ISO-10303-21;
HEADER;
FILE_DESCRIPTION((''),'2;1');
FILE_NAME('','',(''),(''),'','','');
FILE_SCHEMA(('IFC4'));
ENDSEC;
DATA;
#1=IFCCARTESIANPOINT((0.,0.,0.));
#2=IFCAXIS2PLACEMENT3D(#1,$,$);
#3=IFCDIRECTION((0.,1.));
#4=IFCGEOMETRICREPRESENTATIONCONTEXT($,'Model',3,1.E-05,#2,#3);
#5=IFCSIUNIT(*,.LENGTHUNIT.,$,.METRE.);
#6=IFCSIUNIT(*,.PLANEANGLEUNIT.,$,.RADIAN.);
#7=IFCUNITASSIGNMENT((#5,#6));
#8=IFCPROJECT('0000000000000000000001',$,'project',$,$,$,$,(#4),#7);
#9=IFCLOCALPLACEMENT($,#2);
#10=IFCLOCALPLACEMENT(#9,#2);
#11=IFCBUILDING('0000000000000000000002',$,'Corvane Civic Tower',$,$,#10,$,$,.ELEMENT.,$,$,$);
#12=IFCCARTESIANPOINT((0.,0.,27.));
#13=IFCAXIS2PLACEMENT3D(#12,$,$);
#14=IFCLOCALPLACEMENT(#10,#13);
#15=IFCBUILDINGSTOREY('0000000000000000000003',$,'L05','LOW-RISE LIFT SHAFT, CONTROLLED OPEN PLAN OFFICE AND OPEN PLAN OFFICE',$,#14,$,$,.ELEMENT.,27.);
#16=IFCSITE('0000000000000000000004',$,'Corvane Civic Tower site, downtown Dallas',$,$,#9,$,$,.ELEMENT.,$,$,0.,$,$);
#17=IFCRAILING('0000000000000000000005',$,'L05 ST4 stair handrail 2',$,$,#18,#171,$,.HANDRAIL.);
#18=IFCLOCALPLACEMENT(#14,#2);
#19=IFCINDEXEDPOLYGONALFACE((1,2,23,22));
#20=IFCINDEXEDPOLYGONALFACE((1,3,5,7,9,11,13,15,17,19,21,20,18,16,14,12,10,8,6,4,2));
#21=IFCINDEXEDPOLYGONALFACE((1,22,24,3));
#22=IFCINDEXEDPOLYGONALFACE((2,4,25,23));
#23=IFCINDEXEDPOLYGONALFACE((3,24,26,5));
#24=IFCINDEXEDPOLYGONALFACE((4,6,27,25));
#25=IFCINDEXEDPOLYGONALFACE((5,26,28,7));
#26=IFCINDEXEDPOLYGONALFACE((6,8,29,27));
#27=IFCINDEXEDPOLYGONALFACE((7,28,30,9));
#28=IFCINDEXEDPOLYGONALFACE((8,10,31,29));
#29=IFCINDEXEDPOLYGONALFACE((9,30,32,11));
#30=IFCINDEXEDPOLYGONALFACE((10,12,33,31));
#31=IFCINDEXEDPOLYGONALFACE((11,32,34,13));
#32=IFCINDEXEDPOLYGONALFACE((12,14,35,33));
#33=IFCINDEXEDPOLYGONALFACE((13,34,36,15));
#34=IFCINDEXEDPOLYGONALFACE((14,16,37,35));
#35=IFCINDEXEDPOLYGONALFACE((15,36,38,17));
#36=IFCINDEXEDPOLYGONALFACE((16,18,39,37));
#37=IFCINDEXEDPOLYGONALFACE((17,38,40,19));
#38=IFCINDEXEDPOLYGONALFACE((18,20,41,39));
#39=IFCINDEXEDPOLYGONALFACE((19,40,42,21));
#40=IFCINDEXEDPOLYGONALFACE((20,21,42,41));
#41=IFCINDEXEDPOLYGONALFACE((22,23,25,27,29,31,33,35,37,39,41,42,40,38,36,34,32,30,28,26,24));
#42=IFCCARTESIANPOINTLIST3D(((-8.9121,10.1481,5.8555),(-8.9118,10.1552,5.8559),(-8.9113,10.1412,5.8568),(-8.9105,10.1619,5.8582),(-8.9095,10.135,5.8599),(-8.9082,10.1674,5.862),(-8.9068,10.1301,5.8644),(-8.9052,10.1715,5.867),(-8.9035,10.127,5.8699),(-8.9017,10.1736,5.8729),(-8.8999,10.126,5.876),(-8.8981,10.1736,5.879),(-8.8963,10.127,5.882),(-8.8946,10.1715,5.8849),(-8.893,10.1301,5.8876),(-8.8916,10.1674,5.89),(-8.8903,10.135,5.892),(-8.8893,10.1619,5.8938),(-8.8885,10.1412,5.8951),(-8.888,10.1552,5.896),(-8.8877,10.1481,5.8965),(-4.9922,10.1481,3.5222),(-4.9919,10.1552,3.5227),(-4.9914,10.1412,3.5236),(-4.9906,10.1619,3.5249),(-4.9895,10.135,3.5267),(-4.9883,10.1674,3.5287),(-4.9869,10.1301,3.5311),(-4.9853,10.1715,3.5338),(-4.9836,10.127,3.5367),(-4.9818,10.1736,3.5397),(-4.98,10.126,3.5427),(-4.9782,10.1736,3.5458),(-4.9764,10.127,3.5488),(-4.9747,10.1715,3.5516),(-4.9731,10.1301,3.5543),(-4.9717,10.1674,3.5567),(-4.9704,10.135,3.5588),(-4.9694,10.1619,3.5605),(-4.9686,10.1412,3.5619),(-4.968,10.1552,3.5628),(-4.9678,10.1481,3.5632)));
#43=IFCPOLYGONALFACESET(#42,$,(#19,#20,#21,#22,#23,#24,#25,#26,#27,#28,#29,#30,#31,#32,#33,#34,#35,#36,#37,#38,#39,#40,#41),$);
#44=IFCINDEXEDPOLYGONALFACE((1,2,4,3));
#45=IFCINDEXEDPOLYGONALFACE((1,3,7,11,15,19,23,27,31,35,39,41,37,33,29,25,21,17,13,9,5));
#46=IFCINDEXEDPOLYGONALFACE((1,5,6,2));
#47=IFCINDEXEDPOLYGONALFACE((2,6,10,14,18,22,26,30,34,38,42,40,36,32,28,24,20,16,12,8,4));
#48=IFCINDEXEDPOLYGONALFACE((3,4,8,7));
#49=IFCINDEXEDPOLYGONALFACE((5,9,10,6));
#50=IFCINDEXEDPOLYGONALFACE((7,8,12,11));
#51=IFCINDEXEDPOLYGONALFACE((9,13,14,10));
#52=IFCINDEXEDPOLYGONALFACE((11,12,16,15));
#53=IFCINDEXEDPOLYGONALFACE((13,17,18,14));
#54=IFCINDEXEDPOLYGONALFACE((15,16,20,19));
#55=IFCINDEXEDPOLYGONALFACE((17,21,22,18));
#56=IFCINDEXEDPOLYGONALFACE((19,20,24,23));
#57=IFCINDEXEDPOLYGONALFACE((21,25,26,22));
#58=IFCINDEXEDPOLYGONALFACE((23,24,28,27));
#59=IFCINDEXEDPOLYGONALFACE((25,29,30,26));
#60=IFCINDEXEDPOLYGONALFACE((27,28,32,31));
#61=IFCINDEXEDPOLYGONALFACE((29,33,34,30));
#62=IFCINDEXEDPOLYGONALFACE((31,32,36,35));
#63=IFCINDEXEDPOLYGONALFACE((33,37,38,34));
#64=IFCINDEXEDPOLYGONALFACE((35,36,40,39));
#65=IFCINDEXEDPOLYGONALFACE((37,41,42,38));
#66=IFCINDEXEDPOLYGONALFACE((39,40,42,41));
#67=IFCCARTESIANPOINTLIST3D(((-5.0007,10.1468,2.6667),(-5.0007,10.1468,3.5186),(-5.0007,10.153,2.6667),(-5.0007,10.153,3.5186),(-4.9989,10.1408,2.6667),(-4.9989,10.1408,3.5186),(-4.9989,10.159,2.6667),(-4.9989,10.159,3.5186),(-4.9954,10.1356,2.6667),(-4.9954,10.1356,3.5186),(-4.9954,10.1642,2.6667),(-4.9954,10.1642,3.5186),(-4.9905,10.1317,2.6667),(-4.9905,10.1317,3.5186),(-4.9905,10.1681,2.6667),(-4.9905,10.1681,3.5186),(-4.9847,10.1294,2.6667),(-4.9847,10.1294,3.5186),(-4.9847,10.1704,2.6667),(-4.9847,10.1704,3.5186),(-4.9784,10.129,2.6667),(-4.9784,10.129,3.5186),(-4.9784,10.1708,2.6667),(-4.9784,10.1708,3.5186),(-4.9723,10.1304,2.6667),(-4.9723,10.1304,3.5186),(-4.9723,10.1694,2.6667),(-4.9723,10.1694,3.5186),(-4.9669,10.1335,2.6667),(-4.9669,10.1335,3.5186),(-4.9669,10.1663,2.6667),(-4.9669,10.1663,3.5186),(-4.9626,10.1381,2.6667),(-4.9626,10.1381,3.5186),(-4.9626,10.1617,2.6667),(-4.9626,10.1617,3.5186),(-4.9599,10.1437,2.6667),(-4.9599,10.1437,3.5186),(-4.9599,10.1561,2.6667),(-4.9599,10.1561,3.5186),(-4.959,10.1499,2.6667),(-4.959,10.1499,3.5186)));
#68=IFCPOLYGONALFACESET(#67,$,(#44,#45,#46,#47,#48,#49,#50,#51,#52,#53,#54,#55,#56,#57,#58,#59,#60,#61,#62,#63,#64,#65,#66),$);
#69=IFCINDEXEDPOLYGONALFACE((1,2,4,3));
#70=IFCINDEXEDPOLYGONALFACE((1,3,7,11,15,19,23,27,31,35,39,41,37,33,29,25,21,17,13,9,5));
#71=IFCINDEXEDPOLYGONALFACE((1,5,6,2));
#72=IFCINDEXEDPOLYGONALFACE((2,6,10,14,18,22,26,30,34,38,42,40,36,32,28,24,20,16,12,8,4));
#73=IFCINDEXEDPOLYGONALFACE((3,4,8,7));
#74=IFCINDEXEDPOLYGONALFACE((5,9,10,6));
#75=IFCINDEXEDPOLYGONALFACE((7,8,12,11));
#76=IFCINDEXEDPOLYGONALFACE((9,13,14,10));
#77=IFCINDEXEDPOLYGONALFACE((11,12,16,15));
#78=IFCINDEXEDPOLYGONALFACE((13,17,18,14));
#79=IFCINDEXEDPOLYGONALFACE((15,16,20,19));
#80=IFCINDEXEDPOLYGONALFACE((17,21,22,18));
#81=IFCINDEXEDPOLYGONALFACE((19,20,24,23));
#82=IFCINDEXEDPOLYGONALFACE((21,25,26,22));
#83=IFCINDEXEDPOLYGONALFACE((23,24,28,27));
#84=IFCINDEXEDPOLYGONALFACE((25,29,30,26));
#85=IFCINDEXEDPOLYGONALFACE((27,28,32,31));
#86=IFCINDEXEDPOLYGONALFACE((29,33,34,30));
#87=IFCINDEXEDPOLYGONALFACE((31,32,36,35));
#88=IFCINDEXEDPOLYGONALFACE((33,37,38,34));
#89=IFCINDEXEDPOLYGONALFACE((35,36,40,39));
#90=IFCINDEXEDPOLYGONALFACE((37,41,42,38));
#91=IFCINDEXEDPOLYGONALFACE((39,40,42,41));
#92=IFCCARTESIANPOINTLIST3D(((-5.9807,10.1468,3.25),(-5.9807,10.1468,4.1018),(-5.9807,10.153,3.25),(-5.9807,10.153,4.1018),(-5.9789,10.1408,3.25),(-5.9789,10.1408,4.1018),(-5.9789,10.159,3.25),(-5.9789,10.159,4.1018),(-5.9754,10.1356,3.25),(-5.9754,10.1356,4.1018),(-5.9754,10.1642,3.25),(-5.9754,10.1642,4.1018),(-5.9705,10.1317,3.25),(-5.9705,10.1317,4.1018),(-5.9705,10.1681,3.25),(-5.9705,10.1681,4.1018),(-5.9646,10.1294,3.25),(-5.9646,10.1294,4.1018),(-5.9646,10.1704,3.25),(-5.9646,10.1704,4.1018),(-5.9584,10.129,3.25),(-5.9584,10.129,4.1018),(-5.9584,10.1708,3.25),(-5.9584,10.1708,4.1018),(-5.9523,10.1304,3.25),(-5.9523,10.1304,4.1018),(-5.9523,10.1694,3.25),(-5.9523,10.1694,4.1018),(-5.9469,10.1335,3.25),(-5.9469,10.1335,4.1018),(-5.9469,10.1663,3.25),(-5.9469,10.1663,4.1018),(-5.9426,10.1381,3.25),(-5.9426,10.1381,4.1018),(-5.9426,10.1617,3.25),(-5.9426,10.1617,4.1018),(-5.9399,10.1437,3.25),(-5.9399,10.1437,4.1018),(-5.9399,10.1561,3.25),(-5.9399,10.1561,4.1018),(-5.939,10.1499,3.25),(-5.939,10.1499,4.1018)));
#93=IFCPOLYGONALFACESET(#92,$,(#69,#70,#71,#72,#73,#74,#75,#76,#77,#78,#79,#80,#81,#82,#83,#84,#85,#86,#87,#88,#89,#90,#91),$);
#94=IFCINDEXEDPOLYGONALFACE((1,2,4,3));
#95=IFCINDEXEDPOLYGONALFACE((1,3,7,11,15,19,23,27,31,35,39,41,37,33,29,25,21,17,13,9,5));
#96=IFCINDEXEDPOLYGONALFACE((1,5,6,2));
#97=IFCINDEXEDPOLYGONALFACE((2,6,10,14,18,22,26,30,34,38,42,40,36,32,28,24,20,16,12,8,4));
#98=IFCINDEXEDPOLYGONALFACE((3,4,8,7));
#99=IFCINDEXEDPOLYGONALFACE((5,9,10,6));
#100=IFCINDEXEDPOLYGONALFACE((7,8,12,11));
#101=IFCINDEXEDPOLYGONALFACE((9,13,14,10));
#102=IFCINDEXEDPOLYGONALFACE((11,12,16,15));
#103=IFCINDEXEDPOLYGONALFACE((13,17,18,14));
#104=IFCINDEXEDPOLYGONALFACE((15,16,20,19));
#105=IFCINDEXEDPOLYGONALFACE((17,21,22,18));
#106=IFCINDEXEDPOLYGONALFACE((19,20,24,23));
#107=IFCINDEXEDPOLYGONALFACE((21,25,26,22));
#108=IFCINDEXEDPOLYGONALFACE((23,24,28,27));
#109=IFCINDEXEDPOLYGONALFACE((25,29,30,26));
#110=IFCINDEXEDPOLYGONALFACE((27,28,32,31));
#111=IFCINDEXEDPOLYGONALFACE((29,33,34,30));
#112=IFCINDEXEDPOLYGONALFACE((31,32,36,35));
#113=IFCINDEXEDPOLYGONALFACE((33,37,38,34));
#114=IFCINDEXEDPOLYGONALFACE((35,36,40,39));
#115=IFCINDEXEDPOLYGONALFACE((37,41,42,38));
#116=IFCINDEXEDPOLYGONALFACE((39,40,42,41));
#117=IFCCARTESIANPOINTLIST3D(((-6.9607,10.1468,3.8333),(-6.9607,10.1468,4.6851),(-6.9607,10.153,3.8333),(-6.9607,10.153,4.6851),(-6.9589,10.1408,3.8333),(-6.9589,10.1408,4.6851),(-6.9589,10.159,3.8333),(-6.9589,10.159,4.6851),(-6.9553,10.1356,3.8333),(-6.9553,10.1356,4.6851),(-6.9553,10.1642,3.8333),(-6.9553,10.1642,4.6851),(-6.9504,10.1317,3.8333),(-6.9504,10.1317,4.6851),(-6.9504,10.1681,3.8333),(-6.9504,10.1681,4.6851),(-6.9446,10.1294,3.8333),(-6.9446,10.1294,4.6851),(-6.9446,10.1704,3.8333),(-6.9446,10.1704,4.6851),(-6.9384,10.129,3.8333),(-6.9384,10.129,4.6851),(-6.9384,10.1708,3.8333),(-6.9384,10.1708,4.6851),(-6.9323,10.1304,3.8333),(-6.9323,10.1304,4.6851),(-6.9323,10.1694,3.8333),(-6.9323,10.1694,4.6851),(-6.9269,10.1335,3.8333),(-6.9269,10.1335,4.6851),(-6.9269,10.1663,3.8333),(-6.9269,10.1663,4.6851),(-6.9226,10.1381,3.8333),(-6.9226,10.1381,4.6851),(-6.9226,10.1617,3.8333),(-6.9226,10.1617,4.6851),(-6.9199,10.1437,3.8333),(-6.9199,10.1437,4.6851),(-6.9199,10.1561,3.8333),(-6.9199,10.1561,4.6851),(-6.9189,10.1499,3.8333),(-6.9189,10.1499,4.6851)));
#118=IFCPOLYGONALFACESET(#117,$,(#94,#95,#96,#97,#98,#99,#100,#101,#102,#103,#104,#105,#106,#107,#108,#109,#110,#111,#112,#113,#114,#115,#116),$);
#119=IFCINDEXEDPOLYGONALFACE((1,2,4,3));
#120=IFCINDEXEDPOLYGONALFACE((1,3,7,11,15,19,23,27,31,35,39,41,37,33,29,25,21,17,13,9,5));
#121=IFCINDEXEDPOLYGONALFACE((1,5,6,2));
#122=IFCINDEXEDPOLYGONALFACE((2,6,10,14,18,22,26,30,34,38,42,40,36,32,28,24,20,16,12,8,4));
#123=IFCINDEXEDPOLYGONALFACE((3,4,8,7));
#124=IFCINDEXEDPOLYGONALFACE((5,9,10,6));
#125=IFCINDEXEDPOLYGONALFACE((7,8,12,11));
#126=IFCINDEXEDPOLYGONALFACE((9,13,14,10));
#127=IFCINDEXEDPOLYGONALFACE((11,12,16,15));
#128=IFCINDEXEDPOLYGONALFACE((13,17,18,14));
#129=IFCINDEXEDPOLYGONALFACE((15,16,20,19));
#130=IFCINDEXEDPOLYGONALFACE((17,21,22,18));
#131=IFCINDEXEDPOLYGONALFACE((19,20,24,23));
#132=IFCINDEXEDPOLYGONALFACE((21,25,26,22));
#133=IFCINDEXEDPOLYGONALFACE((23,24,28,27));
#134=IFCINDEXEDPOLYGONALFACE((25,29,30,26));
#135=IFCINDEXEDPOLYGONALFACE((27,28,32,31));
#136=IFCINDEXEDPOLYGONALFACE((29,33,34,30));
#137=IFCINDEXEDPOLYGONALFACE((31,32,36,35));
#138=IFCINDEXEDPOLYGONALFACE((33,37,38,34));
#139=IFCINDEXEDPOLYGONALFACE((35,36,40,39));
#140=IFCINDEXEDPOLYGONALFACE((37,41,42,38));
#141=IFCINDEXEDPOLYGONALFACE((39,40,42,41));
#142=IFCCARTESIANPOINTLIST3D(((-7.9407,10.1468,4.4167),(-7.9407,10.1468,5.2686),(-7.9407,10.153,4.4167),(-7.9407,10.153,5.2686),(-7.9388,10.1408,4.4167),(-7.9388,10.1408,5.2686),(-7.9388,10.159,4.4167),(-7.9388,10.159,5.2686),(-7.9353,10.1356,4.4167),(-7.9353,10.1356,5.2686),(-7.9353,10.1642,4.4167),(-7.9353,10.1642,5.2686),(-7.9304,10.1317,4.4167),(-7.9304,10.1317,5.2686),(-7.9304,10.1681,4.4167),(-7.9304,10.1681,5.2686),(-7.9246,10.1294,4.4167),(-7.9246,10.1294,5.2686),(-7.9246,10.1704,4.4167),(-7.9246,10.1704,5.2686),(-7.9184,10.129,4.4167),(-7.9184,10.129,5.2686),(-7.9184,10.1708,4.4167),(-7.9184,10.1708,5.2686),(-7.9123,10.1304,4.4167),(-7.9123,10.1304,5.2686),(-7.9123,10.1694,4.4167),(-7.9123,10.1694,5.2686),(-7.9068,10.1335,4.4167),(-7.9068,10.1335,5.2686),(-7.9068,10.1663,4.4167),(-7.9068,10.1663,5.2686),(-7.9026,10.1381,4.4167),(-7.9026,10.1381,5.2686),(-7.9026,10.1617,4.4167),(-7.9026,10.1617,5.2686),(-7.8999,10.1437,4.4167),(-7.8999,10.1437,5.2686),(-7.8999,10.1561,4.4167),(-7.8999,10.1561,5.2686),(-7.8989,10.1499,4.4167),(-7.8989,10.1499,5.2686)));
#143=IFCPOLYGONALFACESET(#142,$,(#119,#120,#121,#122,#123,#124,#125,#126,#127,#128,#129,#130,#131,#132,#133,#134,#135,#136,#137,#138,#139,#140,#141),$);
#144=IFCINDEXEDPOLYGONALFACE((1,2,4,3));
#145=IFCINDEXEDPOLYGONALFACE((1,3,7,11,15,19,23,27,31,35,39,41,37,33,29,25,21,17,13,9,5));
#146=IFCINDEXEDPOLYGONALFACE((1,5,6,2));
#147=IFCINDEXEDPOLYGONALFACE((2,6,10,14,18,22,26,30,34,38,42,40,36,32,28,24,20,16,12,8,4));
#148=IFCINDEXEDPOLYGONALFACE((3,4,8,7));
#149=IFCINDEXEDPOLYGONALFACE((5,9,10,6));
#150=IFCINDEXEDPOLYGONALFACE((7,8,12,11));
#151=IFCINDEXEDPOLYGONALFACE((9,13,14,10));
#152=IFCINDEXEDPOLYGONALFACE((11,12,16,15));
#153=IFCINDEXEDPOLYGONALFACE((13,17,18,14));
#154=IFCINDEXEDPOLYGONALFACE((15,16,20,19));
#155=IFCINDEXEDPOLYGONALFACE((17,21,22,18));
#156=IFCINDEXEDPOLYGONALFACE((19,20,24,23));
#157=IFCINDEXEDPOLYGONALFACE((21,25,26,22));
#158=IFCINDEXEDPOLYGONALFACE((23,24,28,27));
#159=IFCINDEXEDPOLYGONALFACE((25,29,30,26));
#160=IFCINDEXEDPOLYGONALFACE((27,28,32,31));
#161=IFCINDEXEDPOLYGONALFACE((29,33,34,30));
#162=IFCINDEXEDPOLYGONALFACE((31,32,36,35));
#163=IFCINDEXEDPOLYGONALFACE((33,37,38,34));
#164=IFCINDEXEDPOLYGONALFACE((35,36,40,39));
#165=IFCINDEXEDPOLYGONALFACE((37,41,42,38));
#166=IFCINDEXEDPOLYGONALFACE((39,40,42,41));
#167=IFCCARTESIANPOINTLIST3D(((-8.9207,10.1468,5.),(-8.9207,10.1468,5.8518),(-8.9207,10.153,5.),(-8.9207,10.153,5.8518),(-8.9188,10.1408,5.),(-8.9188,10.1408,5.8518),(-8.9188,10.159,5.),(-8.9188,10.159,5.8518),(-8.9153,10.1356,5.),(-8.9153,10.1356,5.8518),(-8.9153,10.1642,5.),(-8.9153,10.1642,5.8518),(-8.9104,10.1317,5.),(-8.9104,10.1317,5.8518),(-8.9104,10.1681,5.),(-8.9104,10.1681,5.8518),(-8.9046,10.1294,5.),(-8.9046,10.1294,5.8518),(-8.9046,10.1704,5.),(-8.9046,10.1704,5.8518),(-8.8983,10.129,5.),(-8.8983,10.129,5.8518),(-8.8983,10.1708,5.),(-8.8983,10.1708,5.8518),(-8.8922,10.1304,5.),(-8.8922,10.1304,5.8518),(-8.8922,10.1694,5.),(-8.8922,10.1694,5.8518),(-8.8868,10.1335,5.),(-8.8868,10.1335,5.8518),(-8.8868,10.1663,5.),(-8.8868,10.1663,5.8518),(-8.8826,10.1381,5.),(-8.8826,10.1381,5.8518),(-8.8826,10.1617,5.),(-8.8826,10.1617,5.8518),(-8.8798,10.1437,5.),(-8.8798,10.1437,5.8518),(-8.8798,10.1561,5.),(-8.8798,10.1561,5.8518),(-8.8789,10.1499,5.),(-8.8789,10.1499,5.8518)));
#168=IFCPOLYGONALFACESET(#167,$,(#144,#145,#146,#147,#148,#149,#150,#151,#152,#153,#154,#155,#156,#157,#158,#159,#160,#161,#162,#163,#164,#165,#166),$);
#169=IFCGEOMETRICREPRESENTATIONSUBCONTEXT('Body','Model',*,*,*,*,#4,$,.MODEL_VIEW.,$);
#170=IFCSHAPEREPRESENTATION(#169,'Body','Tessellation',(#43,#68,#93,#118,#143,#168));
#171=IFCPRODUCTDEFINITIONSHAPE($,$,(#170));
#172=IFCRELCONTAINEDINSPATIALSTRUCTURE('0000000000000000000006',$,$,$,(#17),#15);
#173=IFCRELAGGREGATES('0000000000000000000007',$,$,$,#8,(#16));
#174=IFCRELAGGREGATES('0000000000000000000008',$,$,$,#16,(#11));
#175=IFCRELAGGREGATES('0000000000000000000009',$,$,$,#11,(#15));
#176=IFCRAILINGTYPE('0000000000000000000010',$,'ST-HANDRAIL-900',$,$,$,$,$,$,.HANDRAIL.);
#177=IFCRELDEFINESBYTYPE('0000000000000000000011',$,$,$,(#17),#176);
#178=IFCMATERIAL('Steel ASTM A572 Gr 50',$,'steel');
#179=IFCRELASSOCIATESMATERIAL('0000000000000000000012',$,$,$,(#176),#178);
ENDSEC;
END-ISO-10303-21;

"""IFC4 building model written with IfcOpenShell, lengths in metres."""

from ifc_helpers import new_model, si_unit, direction, frame, origin, origin_2d, place, context, subcontext, project, spatial, circle, extrude, material, type_object, element, save


model = new_model("IFC4")

# Units and contexts
model_context = context("Model", 3, precision=1e-05, world=origin(), true_north=direction((0.0, 1.0)))
body_context = subcontext(model_context, "Body", "Model", "MODEL_VIEW")
ifc_project = project(units=[si_unit("LENGTHUNIT", "METRE"), si_unit("PLANEANGLEUNIT", "RADIAN")], contexts=[model_context])

# Site, building, storey
site_placement = place(None, origin())
site = spatial("IfcSite", under=ifc_project, at=site_placement, Name="Corvane Civic Tower site, downtown Dallas", CompositionType="ELEMENT", RefElevation=0.0)
building_placement = place(site_placement, origin())
building = spatial("IfcBuilding", under=site, at=building_placement, Name="Corvane Civic Tower", CompositionType="ELEMENT")
storey_placement = place(building_placement, frame((0.0, 0.0, 27.0)))
storey = spatial("IfcBuildingStorey", under=building, at=storey_placement, Name="L05", Description="LOW-RISE LIFT SHAFT, CONTROLLED OPEN PLAN OFFICE AND OPEN PLAN OFFICE", CompositionType="ELEMENT", Elevation=27.0)

# Railing
ifc_material_1 = material(Name="Steel ASTM A572 Gr 50", Category="steel")
railing_type_1 = type_object("IfcRailingType", Name="ST-HANDRAIL-900", PredefinedType="HANDRAIL", material=ifc_material_1)
railing_1_placement = place(storey_placement, frame((-4.98, 10.1499, 2.6667)))
element("IfcRailing", 1, at=railing_1_placement, inside=storey, type_object=railing_type_1, Name="L05 ST4 stair handrail 2", PredefinedType="HANDRAIL", context=body_context, shape_type="SweptSolid", body=[
    extrude(circle(Radius=0.0239, at=origin_2d()), frame((0.0, 0.0, 0.876), z_axis=(-0.859296, 0.0, 0.511478), x_axis=(0.0, -1.0, 0.0)), (0.0, 0.0, 1.0), 4.5618),
    extrude(circle(Radius=0.021, at=origin_2d()), origin(), (0.0, 0.0, 1.0), 0.8518),
    extrude(circle(Radius=0.021, at=origin_2d()), frame((-0.98, 0.0, 0.5833)), (0.0, 0.0, 1.0), 0.8518),
    extrude(circle(Radius=0.021, at=origin_2d()), frame((-1.96, 0.0, 1.1665)), (0.0, 0.0, 1.0), 0.8518),
    extrude(circle(Radius=0.021, at=origin_2d()), frame((-2.9399, 0.0, 1.75)), (0.0, 0.0, 1.0), 0.8518),
    extrude(circle(Radius=0.021, at=origin_2d()), frame((-3.9199, 0.0, 2.3333)), (0.0, 0.0, 1.0), 0.8518),
])

save(model, "model.ifc")
